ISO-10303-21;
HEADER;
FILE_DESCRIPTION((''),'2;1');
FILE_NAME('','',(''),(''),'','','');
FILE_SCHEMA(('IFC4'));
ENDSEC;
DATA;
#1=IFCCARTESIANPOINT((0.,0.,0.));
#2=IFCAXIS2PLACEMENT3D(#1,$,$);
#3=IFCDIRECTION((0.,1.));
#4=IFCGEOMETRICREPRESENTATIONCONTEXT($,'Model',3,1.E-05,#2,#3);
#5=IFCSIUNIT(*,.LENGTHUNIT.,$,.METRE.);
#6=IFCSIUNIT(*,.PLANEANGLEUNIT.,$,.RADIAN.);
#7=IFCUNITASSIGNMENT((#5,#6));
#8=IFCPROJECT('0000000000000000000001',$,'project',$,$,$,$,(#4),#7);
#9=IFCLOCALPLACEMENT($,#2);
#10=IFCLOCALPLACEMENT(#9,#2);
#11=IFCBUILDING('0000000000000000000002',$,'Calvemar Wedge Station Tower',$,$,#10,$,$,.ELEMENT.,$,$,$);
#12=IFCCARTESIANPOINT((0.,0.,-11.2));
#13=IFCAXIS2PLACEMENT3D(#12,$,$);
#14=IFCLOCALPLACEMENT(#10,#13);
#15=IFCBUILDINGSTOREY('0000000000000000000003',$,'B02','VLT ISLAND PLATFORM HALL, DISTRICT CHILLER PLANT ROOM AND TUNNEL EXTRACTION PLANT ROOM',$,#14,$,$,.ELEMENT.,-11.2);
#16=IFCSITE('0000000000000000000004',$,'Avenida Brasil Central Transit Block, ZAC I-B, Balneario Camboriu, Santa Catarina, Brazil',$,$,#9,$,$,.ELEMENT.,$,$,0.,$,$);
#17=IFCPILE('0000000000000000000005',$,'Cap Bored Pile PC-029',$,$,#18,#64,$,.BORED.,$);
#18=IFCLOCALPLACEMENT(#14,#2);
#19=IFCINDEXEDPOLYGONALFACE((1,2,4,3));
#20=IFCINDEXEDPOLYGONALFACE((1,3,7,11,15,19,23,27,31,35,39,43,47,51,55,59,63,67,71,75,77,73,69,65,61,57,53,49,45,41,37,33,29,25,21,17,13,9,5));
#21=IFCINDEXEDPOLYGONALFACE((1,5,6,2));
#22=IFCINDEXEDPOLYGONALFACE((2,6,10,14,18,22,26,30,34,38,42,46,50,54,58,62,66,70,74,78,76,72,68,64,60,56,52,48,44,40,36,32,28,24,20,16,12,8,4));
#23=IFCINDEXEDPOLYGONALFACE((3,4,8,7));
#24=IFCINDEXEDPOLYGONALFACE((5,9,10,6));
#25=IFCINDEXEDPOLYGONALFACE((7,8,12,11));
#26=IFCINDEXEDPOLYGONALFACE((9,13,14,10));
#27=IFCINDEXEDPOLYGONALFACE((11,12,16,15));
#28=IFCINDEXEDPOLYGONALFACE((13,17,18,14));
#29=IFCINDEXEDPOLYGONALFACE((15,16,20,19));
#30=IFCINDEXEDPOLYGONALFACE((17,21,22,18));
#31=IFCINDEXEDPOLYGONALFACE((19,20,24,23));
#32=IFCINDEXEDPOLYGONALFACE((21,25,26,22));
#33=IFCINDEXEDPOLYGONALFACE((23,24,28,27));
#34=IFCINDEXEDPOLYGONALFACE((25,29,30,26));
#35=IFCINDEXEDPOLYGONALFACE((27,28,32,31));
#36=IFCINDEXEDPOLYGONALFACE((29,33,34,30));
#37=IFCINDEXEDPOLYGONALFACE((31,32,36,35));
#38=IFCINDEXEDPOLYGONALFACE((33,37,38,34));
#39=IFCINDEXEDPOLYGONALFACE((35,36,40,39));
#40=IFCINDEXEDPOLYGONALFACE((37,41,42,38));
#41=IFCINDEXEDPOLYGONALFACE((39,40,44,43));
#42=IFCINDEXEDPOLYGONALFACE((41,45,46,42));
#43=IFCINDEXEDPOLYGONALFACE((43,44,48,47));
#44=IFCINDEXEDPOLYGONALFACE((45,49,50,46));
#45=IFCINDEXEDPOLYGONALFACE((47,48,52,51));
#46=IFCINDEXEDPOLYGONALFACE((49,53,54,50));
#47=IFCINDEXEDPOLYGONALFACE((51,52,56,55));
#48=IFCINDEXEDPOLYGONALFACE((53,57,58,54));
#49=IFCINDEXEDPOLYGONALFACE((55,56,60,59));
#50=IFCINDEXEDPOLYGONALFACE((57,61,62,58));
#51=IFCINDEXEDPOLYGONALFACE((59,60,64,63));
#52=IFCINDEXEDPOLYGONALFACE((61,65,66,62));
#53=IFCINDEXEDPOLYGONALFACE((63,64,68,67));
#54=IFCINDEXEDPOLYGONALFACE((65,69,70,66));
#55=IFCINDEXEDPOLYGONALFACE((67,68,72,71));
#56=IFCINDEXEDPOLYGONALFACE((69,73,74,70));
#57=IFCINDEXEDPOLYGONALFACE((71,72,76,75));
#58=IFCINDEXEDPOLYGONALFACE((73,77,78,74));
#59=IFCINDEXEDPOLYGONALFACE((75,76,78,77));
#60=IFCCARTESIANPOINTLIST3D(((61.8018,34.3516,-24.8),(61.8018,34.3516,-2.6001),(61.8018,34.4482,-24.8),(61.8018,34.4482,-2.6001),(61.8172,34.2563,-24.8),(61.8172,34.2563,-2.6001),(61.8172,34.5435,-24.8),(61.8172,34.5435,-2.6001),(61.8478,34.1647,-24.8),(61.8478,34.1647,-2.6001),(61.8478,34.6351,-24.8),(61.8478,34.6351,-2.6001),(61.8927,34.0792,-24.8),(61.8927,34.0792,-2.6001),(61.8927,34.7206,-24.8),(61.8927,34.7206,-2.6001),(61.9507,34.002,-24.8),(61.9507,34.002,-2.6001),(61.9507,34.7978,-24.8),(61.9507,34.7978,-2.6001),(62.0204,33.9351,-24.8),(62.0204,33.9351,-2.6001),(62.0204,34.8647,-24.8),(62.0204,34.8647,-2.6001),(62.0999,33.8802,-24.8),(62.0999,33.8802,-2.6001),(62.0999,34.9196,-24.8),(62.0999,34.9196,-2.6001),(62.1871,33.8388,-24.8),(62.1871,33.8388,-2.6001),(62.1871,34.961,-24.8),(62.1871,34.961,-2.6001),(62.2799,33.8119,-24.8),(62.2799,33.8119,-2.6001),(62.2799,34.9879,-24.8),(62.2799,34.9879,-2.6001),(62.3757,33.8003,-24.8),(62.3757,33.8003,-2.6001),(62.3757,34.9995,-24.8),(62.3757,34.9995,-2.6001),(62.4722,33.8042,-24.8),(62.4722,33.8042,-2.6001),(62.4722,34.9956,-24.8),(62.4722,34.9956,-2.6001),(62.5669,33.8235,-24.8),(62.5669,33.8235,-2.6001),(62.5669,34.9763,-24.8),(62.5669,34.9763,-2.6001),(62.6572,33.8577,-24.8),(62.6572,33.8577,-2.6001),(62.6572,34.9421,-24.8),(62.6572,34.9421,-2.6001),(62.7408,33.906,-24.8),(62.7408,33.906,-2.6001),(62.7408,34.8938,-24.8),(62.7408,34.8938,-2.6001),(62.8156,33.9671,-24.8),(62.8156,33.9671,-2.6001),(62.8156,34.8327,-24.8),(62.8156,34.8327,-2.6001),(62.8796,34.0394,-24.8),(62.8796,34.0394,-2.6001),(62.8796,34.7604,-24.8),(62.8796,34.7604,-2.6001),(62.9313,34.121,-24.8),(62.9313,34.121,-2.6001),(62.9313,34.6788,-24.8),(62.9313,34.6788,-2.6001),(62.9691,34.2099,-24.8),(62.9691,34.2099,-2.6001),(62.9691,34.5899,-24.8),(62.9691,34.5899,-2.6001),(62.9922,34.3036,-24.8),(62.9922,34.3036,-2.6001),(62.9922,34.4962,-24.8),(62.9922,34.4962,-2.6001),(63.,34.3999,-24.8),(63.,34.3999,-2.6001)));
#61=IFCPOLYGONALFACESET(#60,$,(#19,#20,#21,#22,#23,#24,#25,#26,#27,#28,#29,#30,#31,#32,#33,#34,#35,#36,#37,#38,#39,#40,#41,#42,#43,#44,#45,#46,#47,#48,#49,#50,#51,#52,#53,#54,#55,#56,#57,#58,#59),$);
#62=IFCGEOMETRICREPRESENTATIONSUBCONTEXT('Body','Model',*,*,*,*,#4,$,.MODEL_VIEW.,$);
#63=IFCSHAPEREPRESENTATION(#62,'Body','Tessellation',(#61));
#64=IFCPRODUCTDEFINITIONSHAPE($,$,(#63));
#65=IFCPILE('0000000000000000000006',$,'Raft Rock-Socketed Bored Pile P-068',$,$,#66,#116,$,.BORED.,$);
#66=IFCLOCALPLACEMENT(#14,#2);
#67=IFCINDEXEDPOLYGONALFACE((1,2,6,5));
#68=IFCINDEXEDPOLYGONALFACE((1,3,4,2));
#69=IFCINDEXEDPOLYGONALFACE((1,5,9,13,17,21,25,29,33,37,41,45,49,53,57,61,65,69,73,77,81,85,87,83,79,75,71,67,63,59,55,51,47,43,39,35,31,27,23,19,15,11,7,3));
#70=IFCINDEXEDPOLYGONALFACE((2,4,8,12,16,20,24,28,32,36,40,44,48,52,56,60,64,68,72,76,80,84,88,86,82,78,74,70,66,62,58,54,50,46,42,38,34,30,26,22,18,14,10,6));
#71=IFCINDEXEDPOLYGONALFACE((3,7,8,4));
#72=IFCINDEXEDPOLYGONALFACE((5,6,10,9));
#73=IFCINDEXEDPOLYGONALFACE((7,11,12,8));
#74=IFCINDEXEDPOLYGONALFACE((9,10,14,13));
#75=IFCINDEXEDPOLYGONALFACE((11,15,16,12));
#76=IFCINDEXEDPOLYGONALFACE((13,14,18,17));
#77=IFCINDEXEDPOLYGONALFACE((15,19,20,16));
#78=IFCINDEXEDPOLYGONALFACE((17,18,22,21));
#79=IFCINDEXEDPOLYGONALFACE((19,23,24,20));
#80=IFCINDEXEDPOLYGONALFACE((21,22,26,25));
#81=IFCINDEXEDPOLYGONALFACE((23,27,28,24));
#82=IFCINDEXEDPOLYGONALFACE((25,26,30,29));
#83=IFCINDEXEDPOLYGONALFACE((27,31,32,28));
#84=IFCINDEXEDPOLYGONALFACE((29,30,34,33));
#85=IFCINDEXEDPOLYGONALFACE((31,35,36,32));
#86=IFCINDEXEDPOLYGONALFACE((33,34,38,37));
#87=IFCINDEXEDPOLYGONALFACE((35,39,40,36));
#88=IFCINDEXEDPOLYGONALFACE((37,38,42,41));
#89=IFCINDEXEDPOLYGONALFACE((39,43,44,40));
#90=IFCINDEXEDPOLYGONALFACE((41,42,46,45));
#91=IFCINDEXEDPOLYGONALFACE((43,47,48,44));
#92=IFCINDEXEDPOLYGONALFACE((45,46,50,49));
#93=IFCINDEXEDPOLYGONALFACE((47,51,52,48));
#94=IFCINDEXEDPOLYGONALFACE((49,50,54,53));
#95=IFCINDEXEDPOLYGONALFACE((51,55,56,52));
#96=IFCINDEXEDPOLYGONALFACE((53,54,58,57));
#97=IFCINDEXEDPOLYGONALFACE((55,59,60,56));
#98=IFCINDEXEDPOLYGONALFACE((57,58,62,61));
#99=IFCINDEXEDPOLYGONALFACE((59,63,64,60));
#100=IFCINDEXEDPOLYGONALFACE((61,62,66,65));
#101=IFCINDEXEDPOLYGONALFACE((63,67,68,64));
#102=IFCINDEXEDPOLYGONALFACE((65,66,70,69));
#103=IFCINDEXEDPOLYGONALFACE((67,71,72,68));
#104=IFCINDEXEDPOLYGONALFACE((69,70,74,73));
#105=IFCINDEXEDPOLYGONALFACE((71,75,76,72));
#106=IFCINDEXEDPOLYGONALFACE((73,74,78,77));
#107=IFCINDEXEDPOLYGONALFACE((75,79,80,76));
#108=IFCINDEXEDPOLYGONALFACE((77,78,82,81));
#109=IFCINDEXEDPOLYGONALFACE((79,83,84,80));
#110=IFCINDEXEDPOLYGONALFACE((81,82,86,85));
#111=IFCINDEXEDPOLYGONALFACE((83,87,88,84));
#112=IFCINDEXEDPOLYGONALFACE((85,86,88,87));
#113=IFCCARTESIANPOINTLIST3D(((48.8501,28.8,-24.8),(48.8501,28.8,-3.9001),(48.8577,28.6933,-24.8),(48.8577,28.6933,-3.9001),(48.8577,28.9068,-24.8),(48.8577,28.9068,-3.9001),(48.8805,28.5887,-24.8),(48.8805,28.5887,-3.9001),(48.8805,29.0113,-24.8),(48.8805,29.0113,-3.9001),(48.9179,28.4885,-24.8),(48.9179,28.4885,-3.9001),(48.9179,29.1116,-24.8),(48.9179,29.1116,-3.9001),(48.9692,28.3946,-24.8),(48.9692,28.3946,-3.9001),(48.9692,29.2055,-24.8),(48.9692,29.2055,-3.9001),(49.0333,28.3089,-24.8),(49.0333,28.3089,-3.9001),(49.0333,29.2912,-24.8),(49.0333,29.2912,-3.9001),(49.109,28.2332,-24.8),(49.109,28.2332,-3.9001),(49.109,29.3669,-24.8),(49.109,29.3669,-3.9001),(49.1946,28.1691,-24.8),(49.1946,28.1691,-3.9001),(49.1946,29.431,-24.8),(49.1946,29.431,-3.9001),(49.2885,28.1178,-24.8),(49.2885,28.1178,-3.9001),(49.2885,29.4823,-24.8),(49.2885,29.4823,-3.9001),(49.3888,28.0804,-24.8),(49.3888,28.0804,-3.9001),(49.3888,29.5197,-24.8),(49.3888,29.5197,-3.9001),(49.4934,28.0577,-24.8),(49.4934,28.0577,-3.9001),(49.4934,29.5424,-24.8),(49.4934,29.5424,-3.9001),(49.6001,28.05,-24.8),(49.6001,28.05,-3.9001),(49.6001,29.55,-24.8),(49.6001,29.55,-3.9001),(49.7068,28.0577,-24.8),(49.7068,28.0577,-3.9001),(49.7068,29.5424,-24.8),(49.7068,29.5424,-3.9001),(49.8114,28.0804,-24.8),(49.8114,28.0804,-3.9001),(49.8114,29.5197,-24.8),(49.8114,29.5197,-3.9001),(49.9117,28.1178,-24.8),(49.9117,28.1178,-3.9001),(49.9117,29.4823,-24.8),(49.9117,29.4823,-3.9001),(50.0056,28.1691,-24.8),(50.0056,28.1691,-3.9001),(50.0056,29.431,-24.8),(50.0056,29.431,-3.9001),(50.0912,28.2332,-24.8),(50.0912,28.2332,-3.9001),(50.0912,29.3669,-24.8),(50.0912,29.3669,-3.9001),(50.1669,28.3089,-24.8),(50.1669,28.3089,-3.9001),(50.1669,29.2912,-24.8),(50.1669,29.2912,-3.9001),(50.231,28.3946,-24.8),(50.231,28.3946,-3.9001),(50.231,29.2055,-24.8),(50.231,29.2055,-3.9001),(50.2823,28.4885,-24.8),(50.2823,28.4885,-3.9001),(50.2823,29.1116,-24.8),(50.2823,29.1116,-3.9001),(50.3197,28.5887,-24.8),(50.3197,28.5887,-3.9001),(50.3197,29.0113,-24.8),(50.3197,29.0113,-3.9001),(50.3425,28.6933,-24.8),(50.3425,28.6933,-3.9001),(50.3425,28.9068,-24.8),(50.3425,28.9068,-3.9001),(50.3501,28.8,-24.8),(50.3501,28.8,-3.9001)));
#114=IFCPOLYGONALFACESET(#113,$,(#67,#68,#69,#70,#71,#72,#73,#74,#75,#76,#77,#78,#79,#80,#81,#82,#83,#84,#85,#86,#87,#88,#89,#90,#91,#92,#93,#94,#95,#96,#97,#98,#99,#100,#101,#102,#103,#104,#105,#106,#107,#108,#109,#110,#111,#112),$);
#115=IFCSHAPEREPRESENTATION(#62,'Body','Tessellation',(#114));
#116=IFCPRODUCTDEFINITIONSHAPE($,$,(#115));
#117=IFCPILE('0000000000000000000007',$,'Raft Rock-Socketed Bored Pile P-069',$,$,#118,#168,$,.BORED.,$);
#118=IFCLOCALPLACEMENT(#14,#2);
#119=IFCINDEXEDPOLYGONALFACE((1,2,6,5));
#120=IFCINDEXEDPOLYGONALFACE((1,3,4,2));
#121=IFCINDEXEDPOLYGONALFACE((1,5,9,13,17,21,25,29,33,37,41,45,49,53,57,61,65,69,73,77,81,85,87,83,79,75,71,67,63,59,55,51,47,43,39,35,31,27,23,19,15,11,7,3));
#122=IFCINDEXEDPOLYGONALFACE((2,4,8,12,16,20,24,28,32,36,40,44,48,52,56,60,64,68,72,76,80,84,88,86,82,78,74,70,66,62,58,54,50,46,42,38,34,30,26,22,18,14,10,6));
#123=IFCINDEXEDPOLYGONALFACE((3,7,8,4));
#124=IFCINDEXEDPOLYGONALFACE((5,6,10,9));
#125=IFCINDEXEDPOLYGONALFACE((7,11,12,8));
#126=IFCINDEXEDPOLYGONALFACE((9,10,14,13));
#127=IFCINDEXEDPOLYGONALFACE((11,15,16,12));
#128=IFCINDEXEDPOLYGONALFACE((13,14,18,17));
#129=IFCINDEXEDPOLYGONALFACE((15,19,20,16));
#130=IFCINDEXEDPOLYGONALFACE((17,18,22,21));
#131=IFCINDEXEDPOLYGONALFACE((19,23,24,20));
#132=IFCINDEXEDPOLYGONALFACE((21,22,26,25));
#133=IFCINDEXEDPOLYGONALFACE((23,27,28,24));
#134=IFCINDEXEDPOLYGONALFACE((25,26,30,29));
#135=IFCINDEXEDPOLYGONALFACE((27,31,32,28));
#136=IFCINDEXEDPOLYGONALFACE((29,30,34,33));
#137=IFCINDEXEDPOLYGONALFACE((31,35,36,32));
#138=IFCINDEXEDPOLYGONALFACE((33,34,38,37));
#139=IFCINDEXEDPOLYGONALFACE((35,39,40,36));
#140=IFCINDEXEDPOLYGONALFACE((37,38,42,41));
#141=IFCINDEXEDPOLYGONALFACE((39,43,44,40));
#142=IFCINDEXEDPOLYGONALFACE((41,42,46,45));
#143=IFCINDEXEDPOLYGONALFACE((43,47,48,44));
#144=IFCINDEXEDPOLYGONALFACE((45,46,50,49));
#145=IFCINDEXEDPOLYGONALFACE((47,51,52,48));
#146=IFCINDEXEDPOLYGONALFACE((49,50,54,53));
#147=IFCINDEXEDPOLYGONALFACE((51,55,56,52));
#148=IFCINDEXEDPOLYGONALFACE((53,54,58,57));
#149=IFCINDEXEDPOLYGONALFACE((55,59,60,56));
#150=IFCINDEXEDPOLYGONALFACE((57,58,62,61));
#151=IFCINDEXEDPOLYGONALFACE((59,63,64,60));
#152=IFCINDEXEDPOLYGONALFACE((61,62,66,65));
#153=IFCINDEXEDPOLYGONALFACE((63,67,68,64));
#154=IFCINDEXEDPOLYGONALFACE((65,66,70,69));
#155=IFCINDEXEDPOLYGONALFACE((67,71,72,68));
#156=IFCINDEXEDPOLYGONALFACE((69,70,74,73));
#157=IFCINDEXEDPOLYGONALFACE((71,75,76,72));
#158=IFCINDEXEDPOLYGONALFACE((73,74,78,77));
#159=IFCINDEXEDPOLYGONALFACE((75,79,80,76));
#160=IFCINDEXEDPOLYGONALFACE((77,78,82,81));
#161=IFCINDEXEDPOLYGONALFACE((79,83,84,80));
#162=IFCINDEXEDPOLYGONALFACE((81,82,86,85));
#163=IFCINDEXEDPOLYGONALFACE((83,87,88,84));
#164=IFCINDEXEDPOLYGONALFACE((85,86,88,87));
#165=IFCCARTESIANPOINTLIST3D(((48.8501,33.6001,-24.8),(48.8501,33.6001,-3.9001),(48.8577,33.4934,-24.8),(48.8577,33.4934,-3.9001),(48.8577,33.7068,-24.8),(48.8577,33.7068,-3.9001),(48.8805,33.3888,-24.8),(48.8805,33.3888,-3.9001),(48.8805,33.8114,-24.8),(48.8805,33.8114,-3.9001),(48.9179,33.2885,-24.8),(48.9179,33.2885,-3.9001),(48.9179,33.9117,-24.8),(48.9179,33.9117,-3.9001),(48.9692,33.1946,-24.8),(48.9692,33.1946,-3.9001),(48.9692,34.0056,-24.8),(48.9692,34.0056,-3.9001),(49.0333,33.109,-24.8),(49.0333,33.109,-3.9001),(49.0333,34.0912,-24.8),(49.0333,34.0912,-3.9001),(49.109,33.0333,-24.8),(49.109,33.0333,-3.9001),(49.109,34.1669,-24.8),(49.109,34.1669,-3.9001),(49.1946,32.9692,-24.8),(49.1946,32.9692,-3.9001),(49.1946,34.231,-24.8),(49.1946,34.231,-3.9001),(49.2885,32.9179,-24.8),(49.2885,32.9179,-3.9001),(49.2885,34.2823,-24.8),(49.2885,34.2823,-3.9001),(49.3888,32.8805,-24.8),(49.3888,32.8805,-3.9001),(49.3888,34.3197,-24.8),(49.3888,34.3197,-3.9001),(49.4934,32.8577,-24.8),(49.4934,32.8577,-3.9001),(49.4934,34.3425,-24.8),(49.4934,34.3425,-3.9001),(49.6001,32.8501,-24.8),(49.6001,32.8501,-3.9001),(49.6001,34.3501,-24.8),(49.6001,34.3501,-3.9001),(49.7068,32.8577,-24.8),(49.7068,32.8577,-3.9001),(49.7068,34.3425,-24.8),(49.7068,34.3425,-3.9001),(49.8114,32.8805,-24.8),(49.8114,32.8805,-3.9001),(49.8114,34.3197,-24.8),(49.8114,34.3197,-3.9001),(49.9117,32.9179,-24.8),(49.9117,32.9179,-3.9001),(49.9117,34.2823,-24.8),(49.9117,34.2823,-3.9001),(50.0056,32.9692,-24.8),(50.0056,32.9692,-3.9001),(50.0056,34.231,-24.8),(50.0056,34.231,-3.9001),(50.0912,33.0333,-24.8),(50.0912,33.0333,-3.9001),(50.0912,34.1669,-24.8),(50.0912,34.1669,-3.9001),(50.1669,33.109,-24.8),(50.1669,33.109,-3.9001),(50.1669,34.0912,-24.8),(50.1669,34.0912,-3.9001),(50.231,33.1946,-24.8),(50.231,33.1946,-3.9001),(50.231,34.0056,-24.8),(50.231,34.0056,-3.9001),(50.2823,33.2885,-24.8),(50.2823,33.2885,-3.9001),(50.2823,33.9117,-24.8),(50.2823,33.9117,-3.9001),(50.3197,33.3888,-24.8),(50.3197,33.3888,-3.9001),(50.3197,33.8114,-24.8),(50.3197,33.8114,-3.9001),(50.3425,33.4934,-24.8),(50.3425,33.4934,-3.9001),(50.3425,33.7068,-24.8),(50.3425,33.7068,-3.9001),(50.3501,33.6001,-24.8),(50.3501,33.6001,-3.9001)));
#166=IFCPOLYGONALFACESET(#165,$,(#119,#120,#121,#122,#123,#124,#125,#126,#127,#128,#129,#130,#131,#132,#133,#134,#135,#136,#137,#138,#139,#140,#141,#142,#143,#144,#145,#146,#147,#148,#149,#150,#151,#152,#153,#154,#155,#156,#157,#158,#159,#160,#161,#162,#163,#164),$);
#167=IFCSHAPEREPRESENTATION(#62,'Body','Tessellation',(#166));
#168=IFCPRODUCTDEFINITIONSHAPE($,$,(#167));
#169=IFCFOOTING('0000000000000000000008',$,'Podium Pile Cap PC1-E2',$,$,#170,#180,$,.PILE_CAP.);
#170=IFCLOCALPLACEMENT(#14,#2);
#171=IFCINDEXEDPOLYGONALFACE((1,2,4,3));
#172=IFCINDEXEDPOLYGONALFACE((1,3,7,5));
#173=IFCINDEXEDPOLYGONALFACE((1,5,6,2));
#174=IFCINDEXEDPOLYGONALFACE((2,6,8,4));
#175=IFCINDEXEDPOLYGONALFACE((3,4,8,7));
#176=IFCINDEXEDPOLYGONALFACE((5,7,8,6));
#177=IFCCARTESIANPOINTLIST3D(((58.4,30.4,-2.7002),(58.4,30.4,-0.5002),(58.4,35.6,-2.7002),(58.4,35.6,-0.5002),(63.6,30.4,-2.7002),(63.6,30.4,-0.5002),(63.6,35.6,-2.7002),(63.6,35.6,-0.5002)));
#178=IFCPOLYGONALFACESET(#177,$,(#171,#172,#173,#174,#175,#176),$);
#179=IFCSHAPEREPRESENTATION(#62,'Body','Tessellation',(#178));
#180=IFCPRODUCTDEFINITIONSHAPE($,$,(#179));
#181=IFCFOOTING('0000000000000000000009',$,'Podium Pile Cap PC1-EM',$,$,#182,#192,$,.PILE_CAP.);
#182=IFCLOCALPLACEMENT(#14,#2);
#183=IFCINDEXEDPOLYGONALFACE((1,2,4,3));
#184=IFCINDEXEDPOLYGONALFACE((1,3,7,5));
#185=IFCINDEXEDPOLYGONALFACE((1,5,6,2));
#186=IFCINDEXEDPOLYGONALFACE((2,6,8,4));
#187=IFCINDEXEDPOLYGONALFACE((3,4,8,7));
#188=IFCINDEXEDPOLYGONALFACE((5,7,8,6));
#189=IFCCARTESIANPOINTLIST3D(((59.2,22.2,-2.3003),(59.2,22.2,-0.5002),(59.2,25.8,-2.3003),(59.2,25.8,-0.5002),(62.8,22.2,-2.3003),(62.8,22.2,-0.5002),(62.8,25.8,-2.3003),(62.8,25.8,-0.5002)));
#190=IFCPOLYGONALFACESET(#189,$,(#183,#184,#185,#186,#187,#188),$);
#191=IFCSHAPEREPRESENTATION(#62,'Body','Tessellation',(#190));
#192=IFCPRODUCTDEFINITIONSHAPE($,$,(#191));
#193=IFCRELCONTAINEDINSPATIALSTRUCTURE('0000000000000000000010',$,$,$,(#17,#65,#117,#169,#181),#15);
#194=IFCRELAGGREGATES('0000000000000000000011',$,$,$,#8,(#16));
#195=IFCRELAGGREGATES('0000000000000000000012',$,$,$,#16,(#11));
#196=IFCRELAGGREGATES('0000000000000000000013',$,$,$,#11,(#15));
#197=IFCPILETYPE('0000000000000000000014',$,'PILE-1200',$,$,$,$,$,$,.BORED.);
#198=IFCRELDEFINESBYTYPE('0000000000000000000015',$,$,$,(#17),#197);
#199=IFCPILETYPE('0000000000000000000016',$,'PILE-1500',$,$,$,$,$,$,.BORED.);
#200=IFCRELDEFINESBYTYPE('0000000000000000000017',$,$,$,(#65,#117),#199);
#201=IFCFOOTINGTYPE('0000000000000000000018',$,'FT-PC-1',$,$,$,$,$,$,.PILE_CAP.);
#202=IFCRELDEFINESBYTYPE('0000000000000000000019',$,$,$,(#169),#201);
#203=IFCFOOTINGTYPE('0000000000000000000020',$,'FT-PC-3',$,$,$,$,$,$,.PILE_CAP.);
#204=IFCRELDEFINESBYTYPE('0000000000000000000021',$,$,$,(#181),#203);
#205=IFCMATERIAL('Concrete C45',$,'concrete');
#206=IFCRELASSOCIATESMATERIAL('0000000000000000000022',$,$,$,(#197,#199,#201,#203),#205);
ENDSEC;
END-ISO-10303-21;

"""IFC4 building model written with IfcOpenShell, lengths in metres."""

from ifc_helpers import new_model, si_unit, direction, frame, origin, origin_2d, place, context, subcontext, project, spatial, rectangle, circle, extrude, source, transform, mapped, material, material_profile, profile_set, type_object, element, save


model = new_model("IFC4")

# Units and contexts
model_context = context("Model", 3, precision=1e-05, world=origin(), true_north=direction((0.0, 1.0)))
body_context = subcontext(model_context, "Body", "Model", "MODEL_VIEW")
ifc_project = project(units=[si_unit("LENGTHUNIT", "METRE"), si_unit("PLANEANGLEUNIT", "RADIAN")], contexts=[model_context])

# Site, building, storey
site_placement = place(None, origin())
site = spatial("IfcSite", under=ifc_project, at=site_placement, Name="Avenida Brasil Central Transit Block, ZAC I-B, Balneario Camboriu, Santa Catarina, Brazil", CompositionType="ELEMENT", RefElevation=0.0)
building_placement = place(site_placement, origin())
building = spatial("IfcBuilding", under=site, at=building_placement, Name="Calvemar Wedge Station Tower", CompositionType="ELEMENT")
storey_placement = place(building_placement, frame((0.0, 0.0, -11.2)))
storey = spatial("IfcBuildingStorey", under=building, at=storey_placement, Name="B02", Description="VLT ISLAND PLATFORM HALL, DISTRICT CHILLER PLANT ROOM AND TUNNEL EXTRACTION PLANT ROOM", CompositionType="ELEMENT", Elevation=-11.2)

# Piles
ifc_material_1 = material(Name="Concrete C45", Category="concrete")
ifc_material_profile_1 = material_profile(ifc_material_1, circle(Radius=0.6001, at=origin_2d()), Name="PILE-D1200")
ifc_profile_set_1 = profile_set([ifc_material_profile_1], Name="Concrete C45")
pile_type_1 = type_object("IfcPileType", Name="PILE-1200", PredefinedType="BORED", material=ifc_profile_set_1)
for number, where, z_axis, x_axis, name in (
    (1, (62.3999, 34.3999, -2.6001), (0.0, 0.0, -1.0), (1.0, 0.0, 0.0), "Cap Bored Pile PC-029"),
):
    element("IfcPile", number, at=place(storey_placement, frame(where, z_axis=z_axis, x_axis=x_axis)), inside=storey, type_object=pile_type_1, Name=name, PredefinedType="BORED", context=body_context, shape_type="SweptSolid", body=[
        extrude(circle(Radius=0.6001, at=origin_2d()), origin(), (0.0, 0.0, 1.0), 22.2),
    ])
ifc_material_profile_2 = material_profile(ifc_material_1, circle(Radius=0.75, at=origin_2d()), Name="PILE-D1500")
ifc_profile_set_2 = profile_set([ifc_material_profile_2], Name="Concrete C45")
pile_type_2 = type_object("IfcPileType", Name="PILE-1500", PredefinedType="BORED", material=ifc_profile_set_2)
for number, where, z_axis, x_axis, name in (
    (2, (49.6001, 28.8, -3.9001), (0.0, 0.0, -1.0), (1.0, 0.0, 0.0), "Raft Rock-Socketed Bored Pile P-068"),
    (3, (49.6001, 33.6001, -3.9001), (0.0, 0.0, -1.0), (1.0, 0.0, 0.0), "Raft Rock-Socketed Bored Pile P-069"),
):
    element("IfcPile", number, at=place(storey_placement, frame(where, z_axis=z_axis, x_axis=x_axis)), inside=storey, type_object=pile_type_2, Name=name, PredefinedType="BORED", context=body_context, shape_type="SweptSolid", body=[
        extrude(circle(Radius=0.75, at=origin_2d()), origin(), (0.0, 0.0, 1.0), 20.8999),
    ])

# Footings
footing_type_1 = type_object("IfcFootingType", Name="FT-PC-1", PredefinedType="PILE_CAP", material=ifc_material_1)
shared_shape_1 = source(origin(), body_context, "Body", "SweptSolid", [
    extrude(rectangle(XDim=5.2, YDim=5.2, at=origin_2d()), origin(), (0.0, 0.0, 1.0), 2.2),
])
footing_1_placement = place(storey_placement, frame((61.0, 33.0, -2.7002), z_axis=(0.0, 0.0, 1.0), x_axis=(1.0, 0.0, 0.0)))
element("IfcFooting", 4, at=footing_1_placement, inside=storey, type_object=footing_type_1, Name="Podium Pile Cap PC1-E2", PredefinedType="PILE_CAP", context=body_context, shape_type="MappedRepresentation", body=[
    mapped(shared_shape_1, transform((0.0, 0.0, 0.0), scale=1.0)),
])
footing_type_2 = type_object("IfcFootingType", Name="FT-PC-3", PredefinedType="PILE_CAP", material=ifc_material_1)
shared_shape_2 = source(origin(), body_context, "Body", "SweptSolid", [
    extrude(rectangle(XDim=3.6001, YDim=3.6001, at=origin_2d()), origin(), (0.0, 0.0, 1.0), 1.8),
])
footing_2_placement = place(storey_placement, frame((61.0, 24.0, -2.3003), z_axis=(0.0, 0.0, 1.0), x_axis=(1.0, 0.0, 0.0)))
element("IfcFooting", 5, at=footing_2_placement, inside=storey, type_object=footing_type_2, Name="Podium Pile Cap PC1-EM", PredefinedType="PILE_CAP", context=body_context, shape_type="MappedRepresentation", body=[
    mapped(shared_shape_2, transform((0.0, 0.0, 0.0), scale=1.0)),
])

save(model, "model.ifc")
